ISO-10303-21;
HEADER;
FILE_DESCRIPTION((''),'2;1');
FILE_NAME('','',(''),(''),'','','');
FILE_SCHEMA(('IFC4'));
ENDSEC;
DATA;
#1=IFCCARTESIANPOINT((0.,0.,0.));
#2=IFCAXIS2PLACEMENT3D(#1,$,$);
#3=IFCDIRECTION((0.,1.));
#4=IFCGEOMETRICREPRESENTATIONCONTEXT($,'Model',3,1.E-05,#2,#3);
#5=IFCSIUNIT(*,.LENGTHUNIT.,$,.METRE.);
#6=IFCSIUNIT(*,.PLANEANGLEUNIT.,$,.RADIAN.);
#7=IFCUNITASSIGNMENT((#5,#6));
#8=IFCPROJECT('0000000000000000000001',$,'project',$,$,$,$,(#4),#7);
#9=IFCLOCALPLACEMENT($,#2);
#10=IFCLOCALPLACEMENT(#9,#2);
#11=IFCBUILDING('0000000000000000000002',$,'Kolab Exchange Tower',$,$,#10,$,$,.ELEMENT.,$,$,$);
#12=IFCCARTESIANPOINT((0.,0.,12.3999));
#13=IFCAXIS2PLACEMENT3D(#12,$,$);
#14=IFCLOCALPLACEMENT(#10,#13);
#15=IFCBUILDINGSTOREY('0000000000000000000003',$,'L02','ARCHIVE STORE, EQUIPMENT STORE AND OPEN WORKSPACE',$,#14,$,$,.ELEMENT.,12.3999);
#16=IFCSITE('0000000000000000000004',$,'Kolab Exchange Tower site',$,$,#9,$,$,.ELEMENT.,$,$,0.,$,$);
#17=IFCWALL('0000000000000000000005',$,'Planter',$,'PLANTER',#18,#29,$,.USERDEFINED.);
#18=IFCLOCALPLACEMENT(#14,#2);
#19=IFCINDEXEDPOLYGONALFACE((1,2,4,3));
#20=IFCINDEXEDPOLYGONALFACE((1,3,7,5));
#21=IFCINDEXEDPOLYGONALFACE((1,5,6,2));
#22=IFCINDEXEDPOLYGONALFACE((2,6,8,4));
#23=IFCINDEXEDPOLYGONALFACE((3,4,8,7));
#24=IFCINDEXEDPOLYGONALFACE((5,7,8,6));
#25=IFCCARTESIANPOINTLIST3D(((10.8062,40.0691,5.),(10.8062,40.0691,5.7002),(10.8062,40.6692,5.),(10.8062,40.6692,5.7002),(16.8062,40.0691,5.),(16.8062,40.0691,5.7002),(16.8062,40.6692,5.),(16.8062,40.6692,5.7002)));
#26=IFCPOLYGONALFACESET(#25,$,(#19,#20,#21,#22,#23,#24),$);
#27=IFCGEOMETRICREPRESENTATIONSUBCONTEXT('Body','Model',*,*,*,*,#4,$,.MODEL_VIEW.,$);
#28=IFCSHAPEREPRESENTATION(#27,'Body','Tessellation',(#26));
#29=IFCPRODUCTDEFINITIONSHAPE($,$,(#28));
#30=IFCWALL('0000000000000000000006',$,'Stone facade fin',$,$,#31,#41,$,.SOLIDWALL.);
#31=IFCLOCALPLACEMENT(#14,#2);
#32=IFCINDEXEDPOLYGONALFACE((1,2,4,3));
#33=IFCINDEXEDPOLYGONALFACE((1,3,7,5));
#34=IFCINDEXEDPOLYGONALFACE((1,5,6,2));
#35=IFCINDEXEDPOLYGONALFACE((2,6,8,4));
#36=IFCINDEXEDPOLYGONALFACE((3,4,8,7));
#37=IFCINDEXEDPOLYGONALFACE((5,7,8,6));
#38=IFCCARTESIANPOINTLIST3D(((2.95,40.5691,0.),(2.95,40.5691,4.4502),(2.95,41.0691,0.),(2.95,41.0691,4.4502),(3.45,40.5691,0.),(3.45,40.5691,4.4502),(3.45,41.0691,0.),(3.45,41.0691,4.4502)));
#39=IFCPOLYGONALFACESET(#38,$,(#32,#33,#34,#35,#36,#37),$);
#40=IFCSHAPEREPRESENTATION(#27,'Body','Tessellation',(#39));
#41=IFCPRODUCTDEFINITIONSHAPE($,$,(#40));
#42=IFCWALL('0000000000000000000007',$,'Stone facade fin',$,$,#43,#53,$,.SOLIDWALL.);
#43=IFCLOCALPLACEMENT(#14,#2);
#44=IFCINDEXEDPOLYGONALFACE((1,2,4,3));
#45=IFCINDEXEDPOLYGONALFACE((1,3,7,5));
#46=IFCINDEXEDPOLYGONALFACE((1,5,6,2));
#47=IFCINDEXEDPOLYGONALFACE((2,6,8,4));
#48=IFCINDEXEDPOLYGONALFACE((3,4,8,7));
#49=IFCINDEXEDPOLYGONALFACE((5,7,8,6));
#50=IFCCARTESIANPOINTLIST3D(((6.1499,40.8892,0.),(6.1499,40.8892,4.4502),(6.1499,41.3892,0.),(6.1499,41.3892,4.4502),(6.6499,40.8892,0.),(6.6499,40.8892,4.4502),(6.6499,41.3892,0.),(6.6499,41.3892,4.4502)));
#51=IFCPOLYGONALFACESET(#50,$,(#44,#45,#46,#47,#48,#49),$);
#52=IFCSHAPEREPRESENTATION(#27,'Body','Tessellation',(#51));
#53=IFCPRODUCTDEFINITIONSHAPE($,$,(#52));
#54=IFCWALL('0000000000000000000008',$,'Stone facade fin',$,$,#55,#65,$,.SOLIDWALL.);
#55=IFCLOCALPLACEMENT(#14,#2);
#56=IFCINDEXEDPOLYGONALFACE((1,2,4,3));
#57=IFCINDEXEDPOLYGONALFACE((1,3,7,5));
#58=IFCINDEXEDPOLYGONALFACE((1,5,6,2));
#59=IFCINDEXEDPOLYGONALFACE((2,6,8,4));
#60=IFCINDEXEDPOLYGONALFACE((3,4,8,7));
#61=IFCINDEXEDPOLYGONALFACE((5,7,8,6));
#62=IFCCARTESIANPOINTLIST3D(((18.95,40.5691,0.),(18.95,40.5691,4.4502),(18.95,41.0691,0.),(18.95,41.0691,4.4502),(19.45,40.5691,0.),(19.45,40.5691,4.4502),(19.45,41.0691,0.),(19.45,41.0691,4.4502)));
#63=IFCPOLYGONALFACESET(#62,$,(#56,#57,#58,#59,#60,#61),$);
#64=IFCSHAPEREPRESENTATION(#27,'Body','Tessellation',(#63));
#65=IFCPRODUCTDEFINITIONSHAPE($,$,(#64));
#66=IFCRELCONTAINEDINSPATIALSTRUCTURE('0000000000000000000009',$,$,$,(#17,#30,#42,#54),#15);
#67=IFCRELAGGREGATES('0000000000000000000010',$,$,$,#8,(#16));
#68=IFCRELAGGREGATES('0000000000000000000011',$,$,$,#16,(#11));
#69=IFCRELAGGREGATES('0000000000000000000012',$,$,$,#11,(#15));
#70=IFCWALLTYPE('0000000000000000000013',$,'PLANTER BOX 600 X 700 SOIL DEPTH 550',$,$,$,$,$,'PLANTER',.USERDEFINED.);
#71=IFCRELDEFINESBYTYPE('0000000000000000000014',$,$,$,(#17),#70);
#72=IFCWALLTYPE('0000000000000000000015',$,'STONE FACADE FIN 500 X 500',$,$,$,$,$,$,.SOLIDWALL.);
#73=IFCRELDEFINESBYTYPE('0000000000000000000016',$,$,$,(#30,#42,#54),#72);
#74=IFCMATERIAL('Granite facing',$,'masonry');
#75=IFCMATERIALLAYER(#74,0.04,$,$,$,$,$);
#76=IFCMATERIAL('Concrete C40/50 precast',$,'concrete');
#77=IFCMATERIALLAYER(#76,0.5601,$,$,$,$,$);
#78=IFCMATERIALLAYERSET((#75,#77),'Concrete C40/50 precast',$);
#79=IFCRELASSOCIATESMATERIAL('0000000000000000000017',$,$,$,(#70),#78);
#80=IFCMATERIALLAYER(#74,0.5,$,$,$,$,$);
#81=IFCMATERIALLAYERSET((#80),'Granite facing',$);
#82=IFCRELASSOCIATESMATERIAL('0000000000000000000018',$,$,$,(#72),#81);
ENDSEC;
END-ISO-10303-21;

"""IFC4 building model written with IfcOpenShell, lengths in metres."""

from ifc_helpers import new_model, si_unit, direction, frame, frame_2d, origin, place, context, subcontext, project, spatial, rectangle, extrude, material, layer, layer_set, type_object, element, save


model = new_model("IFC4")

# Units and contexts
model_context = context("Model", 3, precision=1e-05, world=origin(), true_north=direction((0.0, 1.0)))
body_context = subcontext(model_context, "Body", "Model", "MODEL_VIEW")
ifc_project = project(units=[si_unit("LENGTHUNIT", "METRE"), si_unit("PLANEANGLEUNIT", "RADIAN")], contexts=[model_context])

# Site, building, storey
site_placement = place(None, origin())
site = spatial("IfcSite", under=ifc_project, at=site_placement, Name="Kolab Exchange Tower site", CompositionType="ELEMENT", RefElevation=0.0)
building_placement = place(site_placement, origin())
building = spatial("IfcBuilding", under=site, at=building_placement, Name="Kolab Exchange Tower", CompositionType="ELEMENT")
storey_placement = place(building_placement, frame((0.0, 0.0, 12.3999)))
storey = spatial("IfcBuildingStorey", under=building, at=storey_placement, Name="L02", Description="ARCHIVE STORE, EQUIPMENT STORE AND OPEN WORKSPACE", CompositionType="ELEMENT", Elevation=12.3999)

# Walls
ifc_material_1 = material(Name="Granite facing", Category="masonry")
ifc_layer_1 = layer(ifc_material_1, 0.04)
ifc_material_2 = material(Name="Concrete C40/50 precast", Category="concrete")
ifc_layer_2 = layer(ifc_material_2, 0.5601)
ifc_layer_set_1 = layer_set([ifc_layer_1, ifc_layer_2], Name="Concrete C40/50 precast")
wall_type_1 = type_object("IfcWallType", Name="PLANTER BOX 600 X 700 SOIL DEPTH 550", ElementType="PLANTER", PredefinedType="USERDEFINED", material=ifc_layer_set_1)
wall_1_placement = place(storey_placement, frame((10.8062, 40.3691, 5.0), z_axis=(0.0, 0.0, 1.0), x_axis=(1.0, 0.0, 0.0)))
element("IfcWall", 1, at=wall_1_placement, inside=storey, type_object=wall_type_1, Name="Planter", ObjectType="PLANTER", PredefinedType="USERDEFINED", context=body_context, shape_type="SweptSolid", body=[
    extrude(rectangle(XDim=6.0, YDim=0.6001, at=frame_2d((3.0, 0.0))), origin(), (0.0, 0.0, 1.0), 0.7002),
])
ifc_layer_3 = layer(ifc_material_1, 0.5)
ifc_layer_set_2 = layer_set([ifc_layer_3], Name="Granite facing")
wall_type_2 = type_object("IfcWallType", Name="STONE FACADE FIN 500 X 500", PredefinedType="SOLIDWALL", material=ifc_layer_set_2)
for number, where, z_axis, x_axis, name in (
    (2, (2.95, 40.8191, 0.0), (0.0, 0.0, 1.0), (1.0, 0.0, 0.0), "Stone facade fin"),
    (3, (6.1499, 41.1392, 0.0), (0.0, 0.0, 1.0), (1.0, 0.0, 0.0), "Stone facade fin"),
    (4, (18.95, 40.8191, 0.0), (0.0, 0.0, 1.0), (1.0, 0.0, 0.0), "Stone facade fin"),
):
    element("IfcWall", number, at=place(storey_placement, frame(where, z_axis=z_axis, x_axis=x_axis)), inside=storey, type_object=wall_type_2, Name=name, PredefinedType="SOLIDWALL", context=body_context, shape_type="SweptSolid", body=[
        extrude(rectangle(XDim=0.5, YDim=0.5, at=frame_2d((0.25, 0.0))), origin(), (0.0, 0.0, 1.0), 4.4502),
    ])

save(model, "model.ifc")
